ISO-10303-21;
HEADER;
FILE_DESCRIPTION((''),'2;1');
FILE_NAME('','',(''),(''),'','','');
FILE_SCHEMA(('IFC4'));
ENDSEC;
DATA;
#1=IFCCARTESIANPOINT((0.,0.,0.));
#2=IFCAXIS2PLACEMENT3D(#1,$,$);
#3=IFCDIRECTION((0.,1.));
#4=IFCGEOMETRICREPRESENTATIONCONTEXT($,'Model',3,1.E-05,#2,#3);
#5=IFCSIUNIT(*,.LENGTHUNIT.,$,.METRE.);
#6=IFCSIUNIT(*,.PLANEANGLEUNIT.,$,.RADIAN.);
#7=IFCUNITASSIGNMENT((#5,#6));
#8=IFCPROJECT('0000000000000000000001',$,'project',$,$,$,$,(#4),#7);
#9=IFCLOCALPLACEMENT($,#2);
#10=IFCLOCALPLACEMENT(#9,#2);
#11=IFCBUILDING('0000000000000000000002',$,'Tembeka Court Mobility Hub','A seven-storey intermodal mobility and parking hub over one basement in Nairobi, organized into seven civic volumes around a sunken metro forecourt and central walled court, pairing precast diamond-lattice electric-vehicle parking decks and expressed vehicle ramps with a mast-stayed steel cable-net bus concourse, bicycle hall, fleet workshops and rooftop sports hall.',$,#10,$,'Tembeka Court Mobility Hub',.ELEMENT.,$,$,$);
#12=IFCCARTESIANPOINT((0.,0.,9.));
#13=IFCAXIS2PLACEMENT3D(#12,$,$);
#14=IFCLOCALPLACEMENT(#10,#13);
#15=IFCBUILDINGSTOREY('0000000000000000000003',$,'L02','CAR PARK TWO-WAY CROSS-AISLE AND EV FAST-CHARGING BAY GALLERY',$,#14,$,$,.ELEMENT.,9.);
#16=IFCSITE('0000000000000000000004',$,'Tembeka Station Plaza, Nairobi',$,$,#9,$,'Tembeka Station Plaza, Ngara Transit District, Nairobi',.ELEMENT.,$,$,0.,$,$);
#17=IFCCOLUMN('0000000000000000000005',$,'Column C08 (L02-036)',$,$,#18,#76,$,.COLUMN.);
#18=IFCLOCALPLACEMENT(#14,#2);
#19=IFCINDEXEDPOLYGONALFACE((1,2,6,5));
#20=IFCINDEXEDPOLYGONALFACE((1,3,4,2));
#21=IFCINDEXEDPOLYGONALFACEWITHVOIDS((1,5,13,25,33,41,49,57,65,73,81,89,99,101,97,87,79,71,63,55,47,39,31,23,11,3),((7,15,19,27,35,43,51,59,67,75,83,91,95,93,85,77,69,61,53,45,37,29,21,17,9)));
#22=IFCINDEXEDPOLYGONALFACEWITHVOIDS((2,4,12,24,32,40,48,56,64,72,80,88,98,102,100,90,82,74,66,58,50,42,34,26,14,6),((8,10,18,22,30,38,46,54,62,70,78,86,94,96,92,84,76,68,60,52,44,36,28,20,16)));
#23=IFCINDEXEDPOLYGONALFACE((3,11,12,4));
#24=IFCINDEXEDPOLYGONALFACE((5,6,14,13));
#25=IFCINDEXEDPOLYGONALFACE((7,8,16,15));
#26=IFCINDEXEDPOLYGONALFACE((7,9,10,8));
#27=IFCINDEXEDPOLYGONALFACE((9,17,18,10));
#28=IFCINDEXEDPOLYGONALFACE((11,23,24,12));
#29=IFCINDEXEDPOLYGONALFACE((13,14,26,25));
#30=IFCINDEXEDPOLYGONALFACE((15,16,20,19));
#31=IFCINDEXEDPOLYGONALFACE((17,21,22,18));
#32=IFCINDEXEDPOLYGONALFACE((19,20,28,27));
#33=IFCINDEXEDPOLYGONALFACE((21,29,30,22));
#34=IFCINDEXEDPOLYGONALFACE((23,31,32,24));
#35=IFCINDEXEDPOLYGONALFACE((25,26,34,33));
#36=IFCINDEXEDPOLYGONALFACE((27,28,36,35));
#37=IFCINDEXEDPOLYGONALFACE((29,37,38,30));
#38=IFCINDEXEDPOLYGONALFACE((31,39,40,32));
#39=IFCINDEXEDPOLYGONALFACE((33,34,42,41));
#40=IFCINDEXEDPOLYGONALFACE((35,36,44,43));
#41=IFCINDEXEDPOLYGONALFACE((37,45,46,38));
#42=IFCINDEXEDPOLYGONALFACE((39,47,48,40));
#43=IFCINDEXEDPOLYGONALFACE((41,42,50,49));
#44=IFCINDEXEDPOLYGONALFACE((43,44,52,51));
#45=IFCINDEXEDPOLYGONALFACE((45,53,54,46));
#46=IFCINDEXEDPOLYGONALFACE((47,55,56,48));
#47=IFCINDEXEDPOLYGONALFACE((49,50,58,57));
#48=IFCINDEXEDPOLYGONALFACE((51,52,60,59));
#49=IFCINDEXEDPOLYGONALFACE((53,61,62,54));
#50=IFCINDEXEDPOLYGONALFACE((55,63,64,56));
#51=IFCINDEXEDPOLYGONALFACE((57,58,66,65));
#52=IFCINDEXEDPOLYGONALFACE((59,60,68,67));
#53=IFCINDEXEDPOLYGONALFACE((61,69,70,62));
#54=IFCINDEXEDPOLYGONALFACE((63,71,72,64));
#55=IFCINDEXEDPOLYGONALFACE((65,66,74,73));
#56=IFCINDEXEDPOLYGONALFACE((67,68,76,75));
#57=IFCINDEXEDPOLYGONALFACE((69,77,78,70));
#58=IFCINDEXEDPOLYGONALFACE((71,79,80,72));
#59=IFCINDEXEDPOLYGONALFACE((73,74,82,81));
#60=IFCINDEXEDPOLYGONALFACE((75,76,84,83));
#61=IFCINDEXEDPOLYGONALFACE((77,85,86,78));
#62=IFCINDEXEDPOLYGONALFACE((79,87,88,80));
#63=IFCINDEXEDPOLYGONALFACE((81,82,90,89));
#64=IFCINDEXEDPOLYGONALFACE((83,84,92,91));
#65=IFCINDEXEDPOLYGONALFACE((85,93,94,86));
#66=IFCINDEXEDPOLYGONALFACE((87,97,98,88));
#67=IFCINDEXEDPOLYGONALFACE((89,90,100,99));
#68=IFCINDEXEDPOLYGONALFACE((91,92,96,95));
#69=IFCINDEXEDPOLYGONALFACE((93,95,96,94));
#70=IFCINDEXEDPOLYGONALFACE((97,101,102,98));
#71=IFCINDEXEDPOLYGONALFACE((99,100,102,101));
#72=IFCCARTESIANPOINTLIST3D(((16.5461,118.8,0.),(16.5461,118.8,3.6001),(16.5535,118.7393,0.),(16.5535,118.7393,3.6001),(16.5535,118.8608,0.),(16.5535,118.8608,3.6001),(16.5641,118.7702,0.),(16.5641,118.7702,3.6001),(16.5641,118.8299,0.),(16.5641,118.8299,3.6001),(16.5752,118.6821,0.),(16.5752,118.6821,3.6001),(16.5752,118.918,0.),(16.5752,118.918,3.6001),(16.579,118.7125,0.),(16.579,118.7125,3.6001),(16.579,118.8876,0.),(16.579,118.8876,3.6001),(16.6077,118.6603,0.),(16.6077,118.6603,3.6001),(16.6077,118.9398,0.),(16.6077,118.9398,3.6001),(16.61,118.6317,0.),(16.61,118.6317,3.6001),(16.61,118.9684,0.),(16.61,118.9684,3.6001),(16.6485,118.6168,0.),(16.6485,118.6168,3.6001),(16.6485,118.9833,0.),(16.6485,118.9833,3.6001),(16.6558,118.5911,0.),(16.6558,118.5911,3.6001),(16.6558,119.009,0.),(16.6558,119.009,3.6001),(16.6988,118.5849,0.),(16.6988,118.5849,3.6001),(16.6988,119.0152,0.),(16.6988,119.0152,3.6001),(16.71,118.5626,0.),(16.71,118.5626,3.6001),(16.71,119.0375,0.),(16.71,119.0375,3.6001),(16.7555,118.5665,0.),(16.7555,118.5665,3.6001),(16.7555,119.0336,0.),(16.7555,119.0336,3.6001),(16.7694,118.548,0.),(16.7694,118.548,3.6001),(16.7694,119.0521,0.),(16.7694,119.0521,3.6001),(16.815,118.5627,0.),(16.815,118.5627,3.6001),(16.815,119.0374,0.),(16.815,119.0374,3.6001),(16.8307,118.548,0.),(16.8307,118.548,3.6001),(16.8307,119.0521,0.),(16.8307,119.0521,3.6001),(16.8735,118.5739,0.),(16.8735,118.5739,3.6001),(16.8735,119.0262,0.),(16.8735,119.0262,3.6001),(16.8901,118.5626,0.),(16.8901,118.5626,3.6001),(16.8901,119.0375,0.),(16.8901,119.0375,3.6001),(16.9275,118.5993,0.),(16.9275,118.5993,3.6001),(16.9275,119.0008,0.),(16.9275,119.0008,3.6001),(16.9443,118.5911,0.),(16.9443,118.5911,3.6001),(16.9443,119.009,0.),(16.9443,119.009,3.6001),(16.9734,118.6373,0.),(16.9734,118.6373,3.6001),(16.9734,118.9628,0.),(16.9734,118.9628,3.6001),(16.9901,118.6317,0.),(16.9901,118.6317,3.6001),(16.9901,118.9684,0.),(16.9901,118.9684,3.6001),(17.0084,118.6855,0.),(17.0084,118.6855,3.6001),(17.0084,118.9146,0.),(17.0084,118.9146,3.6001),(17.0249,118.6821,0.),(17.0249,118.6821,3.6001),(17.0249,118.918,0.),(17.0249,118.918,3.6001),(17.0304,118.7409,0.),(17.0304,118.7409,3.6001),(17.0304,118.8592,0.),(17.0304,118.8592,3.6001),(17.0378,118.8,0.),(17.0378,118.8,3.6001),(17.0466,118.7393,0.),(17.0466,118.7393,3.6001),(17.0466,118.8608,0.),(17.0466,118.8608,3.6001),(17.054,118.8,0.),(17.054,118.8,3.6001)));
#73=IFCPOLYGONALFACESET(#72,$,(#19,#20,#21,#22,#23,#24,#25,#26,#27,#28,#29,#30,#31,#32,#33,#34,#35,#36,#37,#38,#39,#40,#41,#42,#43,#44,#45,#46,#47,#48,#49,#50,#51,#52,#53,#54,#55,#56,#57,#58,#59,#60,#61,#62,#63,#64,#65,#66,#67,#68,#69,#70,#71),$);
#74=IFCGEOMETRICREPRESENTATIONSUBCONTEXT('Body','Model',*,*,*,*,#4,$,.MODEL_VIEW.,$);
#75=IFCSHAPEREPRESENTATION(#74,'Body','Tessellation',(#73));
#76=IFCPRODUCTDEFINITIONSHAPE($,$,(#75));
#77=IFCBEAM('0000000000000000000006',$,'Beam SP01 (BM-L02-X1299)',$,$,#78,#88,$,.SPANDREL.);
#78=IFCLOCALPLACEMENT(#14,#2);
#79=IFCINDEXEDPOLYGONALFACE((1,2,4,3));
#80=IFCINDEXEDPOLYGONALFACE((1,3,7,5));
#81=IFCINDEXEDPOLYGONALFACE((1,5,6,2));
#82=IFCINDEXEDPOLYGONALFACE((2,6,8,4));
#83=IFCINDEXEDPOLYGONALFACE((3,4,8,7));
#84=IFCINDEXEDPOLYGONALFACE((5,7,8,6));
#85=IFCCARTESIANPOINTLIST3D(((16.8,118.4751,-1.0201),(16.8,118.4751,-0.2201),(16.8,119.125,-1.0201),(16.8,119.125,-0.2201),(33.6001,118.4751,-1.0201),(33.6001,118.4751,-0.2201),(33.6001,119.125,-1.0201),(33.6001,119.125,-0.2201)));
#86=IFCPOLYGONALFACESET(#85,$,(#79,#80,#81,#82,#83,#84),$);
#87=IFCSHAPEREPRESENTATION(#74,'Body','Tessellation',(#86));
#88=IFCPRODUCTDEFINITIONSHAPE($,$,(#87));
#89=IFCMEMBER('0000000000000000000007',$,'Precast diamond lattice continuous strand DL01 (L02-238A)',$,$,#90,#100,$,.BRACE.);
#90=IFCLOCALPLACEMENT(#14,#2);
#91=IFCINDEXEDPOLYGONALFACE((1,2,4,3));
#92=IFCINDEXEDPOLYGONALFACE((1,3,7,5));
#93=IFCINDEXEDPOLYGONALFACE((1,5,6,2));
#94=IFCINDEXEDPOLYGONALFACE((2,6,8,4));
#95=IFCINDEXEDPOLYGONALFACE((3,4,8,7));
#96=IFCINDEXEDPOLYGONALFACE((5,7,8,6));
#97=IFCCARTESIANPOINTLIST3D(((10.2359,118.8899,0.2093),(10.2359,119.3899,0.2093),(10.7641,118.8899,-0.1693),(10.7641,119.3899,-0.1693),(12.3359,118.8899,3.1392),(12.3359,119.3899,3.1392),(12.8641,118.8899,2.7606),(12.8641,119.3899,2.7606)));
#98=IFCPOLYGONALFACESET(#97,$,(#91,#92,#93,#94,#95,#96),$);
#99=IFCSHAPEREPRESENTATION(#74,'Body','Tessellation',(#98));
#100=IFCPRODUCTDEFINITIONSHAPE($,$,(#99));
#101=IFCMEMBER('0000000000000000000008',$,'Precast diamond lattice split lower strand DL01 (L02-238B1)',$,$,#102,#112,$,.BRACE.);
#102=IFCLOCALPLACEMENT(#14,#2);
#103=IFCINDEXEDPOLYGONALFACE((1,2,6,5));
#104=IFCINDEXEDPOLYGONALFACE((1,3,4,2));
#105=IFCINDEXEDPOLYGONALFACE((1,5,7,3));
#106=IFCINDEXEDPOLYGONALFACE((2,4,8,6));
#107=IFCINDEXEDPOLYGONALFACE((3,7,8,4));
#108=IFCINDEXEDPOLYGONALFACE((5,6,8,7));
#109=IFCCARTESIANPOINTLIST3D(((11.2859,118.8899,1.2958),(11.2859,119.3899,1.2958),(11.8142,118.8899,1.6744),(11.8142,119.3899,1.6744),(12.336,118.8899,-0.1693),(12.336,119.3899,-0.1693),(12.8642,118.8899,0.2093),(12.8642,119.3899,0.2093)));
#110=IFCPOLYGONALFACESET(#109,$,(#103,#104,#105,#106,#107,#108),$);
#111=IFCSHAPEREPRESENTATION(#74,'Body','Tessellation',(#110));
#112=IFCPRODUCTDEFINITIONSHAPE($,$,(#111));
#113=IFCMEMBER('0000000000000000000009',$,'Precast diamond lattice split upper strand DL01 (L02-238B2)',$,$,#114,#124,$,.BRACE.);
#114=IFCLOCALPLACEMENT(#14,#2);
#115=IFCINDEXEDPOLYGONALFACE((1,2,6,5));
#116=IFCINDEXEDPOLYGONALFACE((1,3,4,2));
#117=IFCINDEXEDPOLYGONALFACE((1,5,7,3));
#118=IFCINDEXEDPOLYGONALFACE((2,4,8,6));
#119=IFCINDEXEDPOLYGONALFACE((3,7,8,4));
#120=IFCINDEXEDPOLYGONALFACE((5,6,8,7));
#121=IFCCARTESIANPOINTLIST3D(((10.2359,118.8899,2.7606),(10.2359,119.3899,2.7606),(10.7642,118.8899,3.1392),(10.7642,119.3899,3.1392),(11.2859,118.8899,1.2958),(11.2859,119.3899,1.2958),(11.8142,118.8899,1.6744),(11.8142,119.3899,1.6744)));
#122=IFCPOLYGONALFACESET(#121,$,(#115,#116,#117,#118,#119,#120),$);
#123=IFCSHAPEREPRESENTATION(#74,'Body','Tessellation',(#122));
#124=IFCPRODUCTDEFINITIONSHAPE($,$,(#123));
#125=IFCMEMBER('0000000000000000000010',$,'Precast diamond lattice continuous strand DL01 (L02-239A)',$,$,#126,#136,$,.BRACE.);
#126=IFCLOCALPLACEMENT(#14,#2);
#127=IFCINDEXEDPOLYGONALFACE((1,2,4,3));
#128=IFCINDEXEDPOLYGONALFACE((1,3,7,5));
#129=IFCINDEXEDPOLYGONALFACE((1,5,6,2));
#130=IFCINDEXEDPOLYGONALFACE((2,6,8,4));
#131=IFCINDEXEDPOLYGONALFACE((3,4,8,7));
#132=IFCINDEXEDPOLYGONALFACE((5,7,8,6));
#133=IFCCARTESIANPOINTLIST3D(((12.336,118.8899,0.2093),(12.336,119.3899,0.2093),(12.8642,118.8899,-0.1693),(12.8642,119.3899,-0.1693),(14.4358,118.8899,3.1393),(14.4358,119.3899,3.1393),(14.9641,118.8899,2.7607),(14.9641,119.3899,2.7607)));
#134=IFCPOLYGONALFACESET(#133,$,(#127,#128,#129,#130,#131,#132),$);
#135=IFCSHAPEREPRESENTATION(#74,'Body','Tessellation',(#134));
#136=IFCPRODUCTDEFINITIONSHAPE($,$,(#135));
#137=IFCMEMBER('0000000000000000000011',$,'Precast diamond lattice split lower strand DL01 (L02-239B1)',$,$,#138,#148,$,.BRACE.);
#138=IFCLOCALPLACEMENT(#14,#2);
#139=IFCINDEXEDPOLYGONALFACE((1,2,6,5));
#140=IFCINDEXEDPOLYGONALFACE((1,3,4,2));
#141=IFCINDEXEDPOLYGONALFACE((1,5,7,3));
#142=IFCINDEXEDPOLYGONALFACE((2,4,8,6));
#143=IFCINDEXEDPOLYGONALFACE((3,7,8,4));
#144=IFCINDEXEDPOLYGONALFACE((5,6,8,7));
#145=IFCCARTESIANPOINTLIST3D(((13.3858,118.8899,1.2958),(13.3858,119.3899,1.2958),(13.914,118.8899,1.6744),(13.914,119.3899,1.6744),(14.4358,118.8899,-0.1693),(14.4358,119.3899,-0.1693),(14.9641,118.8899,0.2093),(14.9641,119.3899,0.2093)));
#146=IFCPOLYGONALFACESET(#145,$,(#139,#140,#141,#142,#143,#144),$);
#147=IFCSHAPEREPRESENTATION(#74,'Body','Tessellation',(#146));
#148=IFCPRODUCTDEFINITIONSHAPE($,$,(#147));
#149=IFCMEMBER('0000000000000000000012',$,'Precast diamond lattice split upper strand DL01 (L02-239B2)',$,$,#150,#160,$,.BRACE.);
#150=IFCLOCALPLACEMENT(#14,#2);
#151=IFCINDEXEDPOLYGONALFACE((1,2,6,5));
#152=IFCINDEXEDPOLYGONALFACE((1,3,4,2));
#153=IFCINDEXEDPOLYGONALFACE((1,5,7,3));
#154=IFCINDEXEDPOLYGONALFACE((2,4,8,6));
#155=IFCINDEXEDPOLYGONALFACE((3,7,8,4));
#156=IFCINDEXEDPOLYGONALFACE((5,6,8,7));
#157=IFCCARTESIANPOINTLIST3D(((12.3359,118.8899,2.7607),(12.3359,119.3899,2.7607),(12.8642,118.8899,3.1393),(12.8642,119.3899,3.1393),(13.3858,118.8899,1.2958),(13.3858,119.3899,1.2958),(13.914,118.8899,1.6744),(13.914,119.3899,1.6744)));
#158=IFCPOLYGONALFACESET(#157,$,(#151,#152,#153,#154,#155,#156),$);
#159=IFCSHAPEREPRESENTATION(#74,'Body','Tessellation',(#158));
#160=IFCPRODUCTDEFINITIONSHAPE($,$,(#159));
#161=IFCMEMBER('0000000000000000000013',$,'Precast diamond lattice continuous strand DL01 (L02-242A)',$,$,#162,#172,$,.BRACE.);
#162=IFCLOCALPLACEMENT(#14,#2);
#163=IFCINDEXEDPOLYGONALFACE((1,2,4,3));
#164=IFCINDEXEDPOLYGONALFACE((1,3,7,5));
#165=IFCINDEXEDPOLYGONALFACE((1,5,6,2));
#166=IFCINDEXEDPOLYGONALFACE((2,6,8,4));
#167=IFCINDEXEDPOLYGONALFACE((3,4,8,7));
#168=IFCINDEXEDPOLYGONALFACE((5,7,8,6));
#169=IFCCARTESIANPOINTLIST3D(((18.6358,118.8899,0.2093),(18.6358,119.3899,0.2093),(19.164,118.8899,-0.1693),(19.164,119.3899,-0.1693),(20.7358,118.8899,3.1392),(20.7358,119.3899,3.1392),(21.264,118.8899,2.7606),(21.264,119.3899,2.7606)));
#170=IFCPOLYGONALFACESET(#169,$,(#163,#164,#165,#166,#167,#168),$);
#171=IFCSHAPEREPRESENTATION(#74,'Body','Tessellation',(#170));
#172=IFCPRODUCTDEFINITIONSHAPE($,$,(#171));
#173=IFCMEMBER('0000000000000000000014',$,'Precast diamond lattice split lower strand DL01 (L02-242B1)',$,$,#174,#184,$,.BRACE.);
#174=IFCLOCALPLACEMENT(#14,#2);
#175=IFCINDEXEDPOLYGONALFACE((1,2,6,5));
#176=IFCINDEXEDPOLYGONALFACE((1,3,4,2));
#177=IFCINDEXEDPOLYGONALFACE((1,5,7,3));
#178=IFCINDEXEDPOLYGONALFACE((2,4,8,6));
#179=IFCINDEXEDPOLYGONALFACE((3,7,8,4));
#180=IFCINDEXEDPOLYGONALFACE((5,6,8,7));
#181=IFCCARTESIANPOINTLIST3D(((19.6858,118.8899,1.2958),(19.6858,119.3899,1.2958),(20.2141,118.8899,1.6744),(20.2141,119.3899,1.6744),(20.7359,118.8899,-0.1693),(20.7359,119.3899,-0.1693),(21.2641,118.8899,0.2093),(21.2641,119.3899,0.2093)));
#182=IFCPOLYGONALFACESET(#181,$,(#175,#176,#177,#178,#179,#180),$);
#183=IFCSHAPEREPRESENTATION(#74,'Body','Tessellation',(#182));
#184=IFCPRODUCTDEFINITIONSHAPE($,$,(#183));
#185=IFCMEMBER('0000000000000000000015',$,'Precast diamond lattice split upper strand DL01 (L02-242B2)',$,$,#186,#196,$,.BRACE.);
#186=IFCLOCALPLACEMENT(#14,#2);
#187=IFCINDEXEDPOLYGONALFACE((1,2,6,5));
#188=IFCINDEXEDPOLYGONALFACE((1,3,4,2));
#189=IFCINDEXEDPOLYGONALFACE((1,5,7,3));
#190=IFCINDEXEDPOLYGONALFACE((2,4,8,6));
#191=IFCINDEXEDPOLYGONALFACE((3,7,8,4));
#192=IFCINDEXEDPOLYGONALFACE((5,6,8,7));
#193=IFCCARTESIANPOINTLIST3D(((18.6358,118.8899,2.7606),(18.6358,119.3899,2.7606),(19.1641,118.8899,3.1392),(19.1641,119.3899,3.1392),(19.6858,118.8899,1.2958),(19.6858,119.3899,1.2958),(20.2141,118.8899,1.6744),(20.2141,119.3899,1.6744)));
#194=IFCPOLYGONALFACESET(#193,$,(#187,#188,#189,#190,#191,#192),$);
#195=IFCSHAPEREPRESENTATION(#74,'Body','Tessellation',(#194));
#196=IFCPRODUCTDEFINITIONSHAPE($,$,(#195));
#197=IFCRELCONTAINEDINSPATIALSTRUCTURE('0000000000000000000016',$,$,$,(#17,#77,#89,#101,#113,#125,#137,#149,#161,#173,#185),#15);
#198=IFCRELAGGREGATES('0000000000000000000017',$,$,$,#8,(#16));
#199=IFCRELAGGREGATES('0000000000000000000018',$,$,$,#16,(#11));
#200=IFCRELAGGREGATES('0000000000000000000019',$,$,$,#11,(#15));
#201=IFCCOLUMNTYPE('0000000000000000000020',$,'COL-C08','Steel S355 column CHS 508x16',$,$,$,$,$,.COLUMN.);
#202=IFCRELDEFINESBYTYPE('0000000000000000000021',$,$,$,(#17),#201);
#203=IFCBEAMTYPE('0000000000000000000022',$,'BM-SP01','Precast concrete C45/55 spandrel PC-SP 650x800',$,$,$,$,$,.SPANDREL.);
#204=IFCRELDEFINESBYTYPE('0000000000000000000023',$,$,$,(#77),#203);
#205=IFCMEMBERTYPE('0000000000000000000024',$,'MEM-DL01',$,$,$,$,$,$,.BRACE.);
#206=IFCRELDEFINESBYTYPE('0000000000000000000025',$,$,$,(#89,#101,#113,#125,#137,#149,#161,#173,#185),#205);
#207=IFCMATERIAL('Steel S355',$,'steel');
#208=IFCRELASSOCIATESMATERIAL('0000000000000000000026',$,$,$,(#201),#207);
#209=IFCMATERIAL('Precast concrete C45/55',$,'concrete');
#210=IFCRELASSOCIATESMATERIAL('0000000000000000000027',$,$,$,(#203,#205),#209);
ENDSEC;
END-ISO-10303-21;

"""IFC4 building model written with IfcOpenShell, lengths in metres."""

from ifc_helpers import new_model, si_unit, direction, frame, origin, origin_2d, place, context, subcontext, project, spatial, rectangle, hollow_circle, extrude, material, material_profile, profile_set, type_object, element, save


model = new_model("IFC4")

# Units and contexts
model_context = context("Model", 3, precision=1e-05, world=origin(), true_north=direction((0.0, 1.0)))
body_context = subcontext(model_context, "Body", "Model", "MODEL_VIEW")
ifc_project = project(units=[si_unit("LENGTHUNIT", "METRE"), si_unit("PLANEANGLEUNIT", "RADIAN")], contexts=[model_context])

# Site, building, storey
site_placement = place(None, origin())
site = spatial("IfcSite", under=ifc_project, at=site_placement, Name="Tembeka Station Plaza, Nairobi", LongName="Tembeka Station Plaza, Ngara Transit District, Nairobi", CompositionType="ELEMENT", RefElevation=0.0)
building_placement = place(site_placement, origin())
building = spatial("IfcBuilding", under=site, at=building_placement, Name="Tembeka Court Mobility Hub", Description="A seven-storey intermodal mobility and parking hub over one basement in Nairobi, organized into seven civic volumes around a sunken metro forecourt and central walled court, pairing precast diamond-lattice electric-vehicle parking decks and expressed vehicle ramps with a mast-stayed steel cable-net bus concourse, bicycle hall, fleet workshops and rooftop sports hall.", LongName="Tembeka Court Mobility Hub", CompositionType="ELEMENT")
storey_placement = place(building_placement, frame((0.0, 0.0, 9.0)))
storey = spatial("IfcBuildingStorey", under=building, at=storey_placement, Name="L02", Description="CAR PARK TWO-WAY CROSS-AISLE AND EV FAST-CHARGING BAY GALLERY", CompositionType="ELEMENT", Elevation=9.0)

# Column
ifc_material_1 = material(Name="Steel S355", Category="steel")
ifc_material_profile_1 = material_profile(ifc_material_1, hollow_circle(Radius=0.2539, WallThickness=0.0161, at=origin_2d()), Name="CHS 508x16")
ifc_profile_set_1 = profile_set([ifc_material_profile_1], Name="Steel S355")
column_type = type_object("IfcColumnType", Name="COL-C08", Description="Steel S355 column CHS 508x16", PredefinedType="COLUMN", material=ifc_profile_set_1)
column_placement = place(storey_placement, frame((16.8, 118.8, 0.0), z_axis=(0.0, 0.0, 1.0), x_axis=(1.0, 0.0, 0.0)))
element("IfcColumn", 1, at=column_placement, inside=storey, type_object=column_type, Name="Column C08 (L02-036)", PredefinedType="COLUMN", context=body_context, shape_type="SweptSolid", body=[
    extrude(hollow_circle(Radius=0.2539, WallThickness=0.0161, at=origin_2d()), origin(), (0.0, 0.0, 1.0), 3.6001),
])

# Beam
ifc_material_2 = material(Name="Precast concrete C45/55", Category="concrete")
ifc_material_profile_2 = material_profile(ifc_material_2, rectangle(XDim=0.6499, YDim=0.8, at=origin_2d()), Name="PC-SP 650x800")
ifc_profile_set_2 = profile_set([ifc_material_profile_2], Name="Precast concrete C45/55")
beam_type = type_object("IfcBeamType", Name="BM-SP01", Description="Precast concrete C45/55 spandrel PC-SP 650x800", PredefinedType="SPANDREL", material=ifc_profile_set_2)
beam_placement = place(storey_placement, frame((16.8, 118.8, -0.6201), z_axis=(1.0, 0.0, 0.0), x_axis=(0.0, 1.0, 0.0)))
element("IfcBeam", 2, at=beam_placement, inside=storey, type_object=beam_type, Name="Beam SP01 (BM-L02-X1299)", PredefinedType="SPANDREL", context=body_context, shape_type="SweptSolid", body=[
    extrude(rectangle(XDim=0.6499, YDim=0.8, at=origin_2d()), origin(), (0.0, 0.0, 1.0), 16.8),
])

# Members
ifc_material_profile_3 = material_profile(ifc_material_2, rectangle(XDim=0.5, YDim=0.6499, at=origin_2d()), Name="PC-DIAG 500x650")
ifc_profile_set_3 = profile_set([ifc_material_profile_3], Name="Precast concrete C45/55")
member_type_1 = type_object("IfcMemberType", Name="MEM-DL01", PredefinedType="BRACE", material=ifc_profile_set_3)
member_1_placement = place(storey_placement, frame((10.5, 119.1399, 0.02), z_axis=(0.582576, 0.0, 0.812776), x_axis=(0.0, 1.0, 0.0)))
element("IfcMember", 3, at=member_1_placement, inside=storey, type_object=member_type_1, Name="Precast diamond lattice continuous strand DL01 (L02-238A)", PredefinedType="BRACE", context=body_context, shape_type="SweptSolid", body=[
    extrude(rectangle(XDim=0.5, YDim=0.6499, at=origin_2d()), origin(), (0.0, 0.0, 1.0), 3.6047),
])
member_2_placement = place(storey_placement, frame((12.6001, 119.1399, 0.02), z_axis=(-0.582544, 0.0, 0.812799), x_axis=(0.0, -1.0, 0.0)))
element("IfcMember", 4, at=member_2_placement, inside=storey, type_object=member_type_1, Name="Precast diamond lattice split lower strand DL01 (L02-238B1)", PredefinedType="BRACE", context=body_context, shape_type="SweptSolid", body=[
    extrude(rectangle(XDim=0.5, YDim=0.6499, at=origin_2d()), origin(), (0.0, 0.0, 1.0), 1.8025),
])
member_3_placement = place(storey_placement, frame((11.55, 119.1399, 1.4851), z_axis=(-0.582608, 0.0, 0.812753), x_axis=(0.0, -1.0, 0.0)))
element("IfcMember", 5, at=member_3_placement, inside=storey, type_object=member_type_1, Name="Precast diamond lattice split upper strand DL01 (L02-238B2)", PredefinedType="BRACE", context=body_context, shape_type="SweptSolid", body=[
    extrude(rectangle(XDim=0.5, YDim=0.6499, at=origin_2d()), origin(), (0.0, 0.0, 1.0), 1.8022),
])
member_4_placement = place(storey_placement, frame((12.6001, 119.1399, 0.02), z_axis=(0.582532, 0.0, 0.812808), x_axis=(0.0, 1.0, 0.0)))
element("IfcMember", 6, at=member_4_placement, inside=storey, type_object=member_type_1, Name="Precast diamond lattice continuous strand DL01 (L02-239A)", PredefinedType="BRACE", context=body_context, shape_type="SweptSolid", body=[
    extrude(rectangle(XDim=0.5, YDim=0.6499, at=origin_2d()), origin(), (0.0, 0.0, 1.0), 3.6047),
])
member_5_placement = place(storey_placement, frame((14.7, 119.1399, 0.02), z_axis=(-0.582544, 0.0, 0.812799), x_axis=(0.0, -1.0, 0.0)))
element("IfcMember", 7, at=member_5_placement, inside=storey, type_object=member_type_1, Name="Precast diamond lattice split lower strand DL01 (L02-239B1)", PredefinedType="BRACE", context=body_context, shape_type="SweptSolid", body=[
    extrude(rectangle(XDim=0.5, YDim=0.6499, at=origin_2d()), origin(), (0.0, 0.0, 1.0), 1.8025),
])
member_6_placement = place(storey_placement, frame((13.6499, 119.1399, 1.4851), z_axis=(-0.582519, 0.0, 0.812817), x_axis=(0.0, -1.0, 0.0)))
element("IfcMember", 8, at=member_6_placement, inside=storey, type_object=member_type_1, Name="Precast diamond lattice split upper strand DL01 (L02-239B2)", PredefinedType="BRACE", context=body_context, shape_type="SweptSolid", body=[
    extrude(rectangle(XDim=0.5, YDim=0.6499, at=origin_2d()), origin(), (0.0, 0.0, 1.0), 1.8022),
])
member_7_placement = place(storey_placement, frame((18.8999, 119.1399, 0.02), z_axis=(0.582576, 0.0, 0.812776), x_axis=(0.0, 1.0, 0.0)))
element("IfcMember", 9, at=member_7_placement, inside=storey, type_object=member_type_1, Name="Precast diamond lattice continuous strand DL01 (L02-242A)", PredefinedType="BRACE", context=body_context, shape_type="SweptSolid", body=[
    extrude(rectangle(XDim=0.5, YDim=0.6499, at=origin_2d()), origin(), (0.0, 0.0, 1.0), 3.6047),
])
member_8_placement = place(storey_placement, frame((21.0, 119.1399, 0.02), z_axis=(-0.582544, 0.0, 0.812799), x_axis=(0.0, -1.0, 0.0)))
element("IfcMember", 10, at=member_8_placement, inside=storey, type_object=member_type_1, Name="Precast diamond lattice split lower strand DL01 (L02-242B1)", PredefinedType="BRACE", context=body_context, shape_type="SweptSolid", body=[
    extrude(rectangle(XDim=0.5, YDim=0.6499, at=origin_2d()), origin(), (0.0, 0.0, 1.0), 1.8025),
])
member_9_placement = place(storey_placement, frame((19.95, 119.1399, 1.4851), z_axis=(-0.582608, 0.0, 0.812753), x_axis=(0.0, -1.0, 0.0)))
element("IfcMember", 11, at=member_9_placement, inside=storey, type_object=member_type_1, Name="Precast diamond lattice split upper strand DL01 (L02-242B2)", PredefinedType="BRACE", context=body_context, shape_type="SweptSolid", body=[
    extrude(rectangle(XDim=0.5, YDim=0.6499, at=origin_2d()), origin(), (0.0, 0.0, 1.0), 1.8022),
])

save(model, "model.ifc")
